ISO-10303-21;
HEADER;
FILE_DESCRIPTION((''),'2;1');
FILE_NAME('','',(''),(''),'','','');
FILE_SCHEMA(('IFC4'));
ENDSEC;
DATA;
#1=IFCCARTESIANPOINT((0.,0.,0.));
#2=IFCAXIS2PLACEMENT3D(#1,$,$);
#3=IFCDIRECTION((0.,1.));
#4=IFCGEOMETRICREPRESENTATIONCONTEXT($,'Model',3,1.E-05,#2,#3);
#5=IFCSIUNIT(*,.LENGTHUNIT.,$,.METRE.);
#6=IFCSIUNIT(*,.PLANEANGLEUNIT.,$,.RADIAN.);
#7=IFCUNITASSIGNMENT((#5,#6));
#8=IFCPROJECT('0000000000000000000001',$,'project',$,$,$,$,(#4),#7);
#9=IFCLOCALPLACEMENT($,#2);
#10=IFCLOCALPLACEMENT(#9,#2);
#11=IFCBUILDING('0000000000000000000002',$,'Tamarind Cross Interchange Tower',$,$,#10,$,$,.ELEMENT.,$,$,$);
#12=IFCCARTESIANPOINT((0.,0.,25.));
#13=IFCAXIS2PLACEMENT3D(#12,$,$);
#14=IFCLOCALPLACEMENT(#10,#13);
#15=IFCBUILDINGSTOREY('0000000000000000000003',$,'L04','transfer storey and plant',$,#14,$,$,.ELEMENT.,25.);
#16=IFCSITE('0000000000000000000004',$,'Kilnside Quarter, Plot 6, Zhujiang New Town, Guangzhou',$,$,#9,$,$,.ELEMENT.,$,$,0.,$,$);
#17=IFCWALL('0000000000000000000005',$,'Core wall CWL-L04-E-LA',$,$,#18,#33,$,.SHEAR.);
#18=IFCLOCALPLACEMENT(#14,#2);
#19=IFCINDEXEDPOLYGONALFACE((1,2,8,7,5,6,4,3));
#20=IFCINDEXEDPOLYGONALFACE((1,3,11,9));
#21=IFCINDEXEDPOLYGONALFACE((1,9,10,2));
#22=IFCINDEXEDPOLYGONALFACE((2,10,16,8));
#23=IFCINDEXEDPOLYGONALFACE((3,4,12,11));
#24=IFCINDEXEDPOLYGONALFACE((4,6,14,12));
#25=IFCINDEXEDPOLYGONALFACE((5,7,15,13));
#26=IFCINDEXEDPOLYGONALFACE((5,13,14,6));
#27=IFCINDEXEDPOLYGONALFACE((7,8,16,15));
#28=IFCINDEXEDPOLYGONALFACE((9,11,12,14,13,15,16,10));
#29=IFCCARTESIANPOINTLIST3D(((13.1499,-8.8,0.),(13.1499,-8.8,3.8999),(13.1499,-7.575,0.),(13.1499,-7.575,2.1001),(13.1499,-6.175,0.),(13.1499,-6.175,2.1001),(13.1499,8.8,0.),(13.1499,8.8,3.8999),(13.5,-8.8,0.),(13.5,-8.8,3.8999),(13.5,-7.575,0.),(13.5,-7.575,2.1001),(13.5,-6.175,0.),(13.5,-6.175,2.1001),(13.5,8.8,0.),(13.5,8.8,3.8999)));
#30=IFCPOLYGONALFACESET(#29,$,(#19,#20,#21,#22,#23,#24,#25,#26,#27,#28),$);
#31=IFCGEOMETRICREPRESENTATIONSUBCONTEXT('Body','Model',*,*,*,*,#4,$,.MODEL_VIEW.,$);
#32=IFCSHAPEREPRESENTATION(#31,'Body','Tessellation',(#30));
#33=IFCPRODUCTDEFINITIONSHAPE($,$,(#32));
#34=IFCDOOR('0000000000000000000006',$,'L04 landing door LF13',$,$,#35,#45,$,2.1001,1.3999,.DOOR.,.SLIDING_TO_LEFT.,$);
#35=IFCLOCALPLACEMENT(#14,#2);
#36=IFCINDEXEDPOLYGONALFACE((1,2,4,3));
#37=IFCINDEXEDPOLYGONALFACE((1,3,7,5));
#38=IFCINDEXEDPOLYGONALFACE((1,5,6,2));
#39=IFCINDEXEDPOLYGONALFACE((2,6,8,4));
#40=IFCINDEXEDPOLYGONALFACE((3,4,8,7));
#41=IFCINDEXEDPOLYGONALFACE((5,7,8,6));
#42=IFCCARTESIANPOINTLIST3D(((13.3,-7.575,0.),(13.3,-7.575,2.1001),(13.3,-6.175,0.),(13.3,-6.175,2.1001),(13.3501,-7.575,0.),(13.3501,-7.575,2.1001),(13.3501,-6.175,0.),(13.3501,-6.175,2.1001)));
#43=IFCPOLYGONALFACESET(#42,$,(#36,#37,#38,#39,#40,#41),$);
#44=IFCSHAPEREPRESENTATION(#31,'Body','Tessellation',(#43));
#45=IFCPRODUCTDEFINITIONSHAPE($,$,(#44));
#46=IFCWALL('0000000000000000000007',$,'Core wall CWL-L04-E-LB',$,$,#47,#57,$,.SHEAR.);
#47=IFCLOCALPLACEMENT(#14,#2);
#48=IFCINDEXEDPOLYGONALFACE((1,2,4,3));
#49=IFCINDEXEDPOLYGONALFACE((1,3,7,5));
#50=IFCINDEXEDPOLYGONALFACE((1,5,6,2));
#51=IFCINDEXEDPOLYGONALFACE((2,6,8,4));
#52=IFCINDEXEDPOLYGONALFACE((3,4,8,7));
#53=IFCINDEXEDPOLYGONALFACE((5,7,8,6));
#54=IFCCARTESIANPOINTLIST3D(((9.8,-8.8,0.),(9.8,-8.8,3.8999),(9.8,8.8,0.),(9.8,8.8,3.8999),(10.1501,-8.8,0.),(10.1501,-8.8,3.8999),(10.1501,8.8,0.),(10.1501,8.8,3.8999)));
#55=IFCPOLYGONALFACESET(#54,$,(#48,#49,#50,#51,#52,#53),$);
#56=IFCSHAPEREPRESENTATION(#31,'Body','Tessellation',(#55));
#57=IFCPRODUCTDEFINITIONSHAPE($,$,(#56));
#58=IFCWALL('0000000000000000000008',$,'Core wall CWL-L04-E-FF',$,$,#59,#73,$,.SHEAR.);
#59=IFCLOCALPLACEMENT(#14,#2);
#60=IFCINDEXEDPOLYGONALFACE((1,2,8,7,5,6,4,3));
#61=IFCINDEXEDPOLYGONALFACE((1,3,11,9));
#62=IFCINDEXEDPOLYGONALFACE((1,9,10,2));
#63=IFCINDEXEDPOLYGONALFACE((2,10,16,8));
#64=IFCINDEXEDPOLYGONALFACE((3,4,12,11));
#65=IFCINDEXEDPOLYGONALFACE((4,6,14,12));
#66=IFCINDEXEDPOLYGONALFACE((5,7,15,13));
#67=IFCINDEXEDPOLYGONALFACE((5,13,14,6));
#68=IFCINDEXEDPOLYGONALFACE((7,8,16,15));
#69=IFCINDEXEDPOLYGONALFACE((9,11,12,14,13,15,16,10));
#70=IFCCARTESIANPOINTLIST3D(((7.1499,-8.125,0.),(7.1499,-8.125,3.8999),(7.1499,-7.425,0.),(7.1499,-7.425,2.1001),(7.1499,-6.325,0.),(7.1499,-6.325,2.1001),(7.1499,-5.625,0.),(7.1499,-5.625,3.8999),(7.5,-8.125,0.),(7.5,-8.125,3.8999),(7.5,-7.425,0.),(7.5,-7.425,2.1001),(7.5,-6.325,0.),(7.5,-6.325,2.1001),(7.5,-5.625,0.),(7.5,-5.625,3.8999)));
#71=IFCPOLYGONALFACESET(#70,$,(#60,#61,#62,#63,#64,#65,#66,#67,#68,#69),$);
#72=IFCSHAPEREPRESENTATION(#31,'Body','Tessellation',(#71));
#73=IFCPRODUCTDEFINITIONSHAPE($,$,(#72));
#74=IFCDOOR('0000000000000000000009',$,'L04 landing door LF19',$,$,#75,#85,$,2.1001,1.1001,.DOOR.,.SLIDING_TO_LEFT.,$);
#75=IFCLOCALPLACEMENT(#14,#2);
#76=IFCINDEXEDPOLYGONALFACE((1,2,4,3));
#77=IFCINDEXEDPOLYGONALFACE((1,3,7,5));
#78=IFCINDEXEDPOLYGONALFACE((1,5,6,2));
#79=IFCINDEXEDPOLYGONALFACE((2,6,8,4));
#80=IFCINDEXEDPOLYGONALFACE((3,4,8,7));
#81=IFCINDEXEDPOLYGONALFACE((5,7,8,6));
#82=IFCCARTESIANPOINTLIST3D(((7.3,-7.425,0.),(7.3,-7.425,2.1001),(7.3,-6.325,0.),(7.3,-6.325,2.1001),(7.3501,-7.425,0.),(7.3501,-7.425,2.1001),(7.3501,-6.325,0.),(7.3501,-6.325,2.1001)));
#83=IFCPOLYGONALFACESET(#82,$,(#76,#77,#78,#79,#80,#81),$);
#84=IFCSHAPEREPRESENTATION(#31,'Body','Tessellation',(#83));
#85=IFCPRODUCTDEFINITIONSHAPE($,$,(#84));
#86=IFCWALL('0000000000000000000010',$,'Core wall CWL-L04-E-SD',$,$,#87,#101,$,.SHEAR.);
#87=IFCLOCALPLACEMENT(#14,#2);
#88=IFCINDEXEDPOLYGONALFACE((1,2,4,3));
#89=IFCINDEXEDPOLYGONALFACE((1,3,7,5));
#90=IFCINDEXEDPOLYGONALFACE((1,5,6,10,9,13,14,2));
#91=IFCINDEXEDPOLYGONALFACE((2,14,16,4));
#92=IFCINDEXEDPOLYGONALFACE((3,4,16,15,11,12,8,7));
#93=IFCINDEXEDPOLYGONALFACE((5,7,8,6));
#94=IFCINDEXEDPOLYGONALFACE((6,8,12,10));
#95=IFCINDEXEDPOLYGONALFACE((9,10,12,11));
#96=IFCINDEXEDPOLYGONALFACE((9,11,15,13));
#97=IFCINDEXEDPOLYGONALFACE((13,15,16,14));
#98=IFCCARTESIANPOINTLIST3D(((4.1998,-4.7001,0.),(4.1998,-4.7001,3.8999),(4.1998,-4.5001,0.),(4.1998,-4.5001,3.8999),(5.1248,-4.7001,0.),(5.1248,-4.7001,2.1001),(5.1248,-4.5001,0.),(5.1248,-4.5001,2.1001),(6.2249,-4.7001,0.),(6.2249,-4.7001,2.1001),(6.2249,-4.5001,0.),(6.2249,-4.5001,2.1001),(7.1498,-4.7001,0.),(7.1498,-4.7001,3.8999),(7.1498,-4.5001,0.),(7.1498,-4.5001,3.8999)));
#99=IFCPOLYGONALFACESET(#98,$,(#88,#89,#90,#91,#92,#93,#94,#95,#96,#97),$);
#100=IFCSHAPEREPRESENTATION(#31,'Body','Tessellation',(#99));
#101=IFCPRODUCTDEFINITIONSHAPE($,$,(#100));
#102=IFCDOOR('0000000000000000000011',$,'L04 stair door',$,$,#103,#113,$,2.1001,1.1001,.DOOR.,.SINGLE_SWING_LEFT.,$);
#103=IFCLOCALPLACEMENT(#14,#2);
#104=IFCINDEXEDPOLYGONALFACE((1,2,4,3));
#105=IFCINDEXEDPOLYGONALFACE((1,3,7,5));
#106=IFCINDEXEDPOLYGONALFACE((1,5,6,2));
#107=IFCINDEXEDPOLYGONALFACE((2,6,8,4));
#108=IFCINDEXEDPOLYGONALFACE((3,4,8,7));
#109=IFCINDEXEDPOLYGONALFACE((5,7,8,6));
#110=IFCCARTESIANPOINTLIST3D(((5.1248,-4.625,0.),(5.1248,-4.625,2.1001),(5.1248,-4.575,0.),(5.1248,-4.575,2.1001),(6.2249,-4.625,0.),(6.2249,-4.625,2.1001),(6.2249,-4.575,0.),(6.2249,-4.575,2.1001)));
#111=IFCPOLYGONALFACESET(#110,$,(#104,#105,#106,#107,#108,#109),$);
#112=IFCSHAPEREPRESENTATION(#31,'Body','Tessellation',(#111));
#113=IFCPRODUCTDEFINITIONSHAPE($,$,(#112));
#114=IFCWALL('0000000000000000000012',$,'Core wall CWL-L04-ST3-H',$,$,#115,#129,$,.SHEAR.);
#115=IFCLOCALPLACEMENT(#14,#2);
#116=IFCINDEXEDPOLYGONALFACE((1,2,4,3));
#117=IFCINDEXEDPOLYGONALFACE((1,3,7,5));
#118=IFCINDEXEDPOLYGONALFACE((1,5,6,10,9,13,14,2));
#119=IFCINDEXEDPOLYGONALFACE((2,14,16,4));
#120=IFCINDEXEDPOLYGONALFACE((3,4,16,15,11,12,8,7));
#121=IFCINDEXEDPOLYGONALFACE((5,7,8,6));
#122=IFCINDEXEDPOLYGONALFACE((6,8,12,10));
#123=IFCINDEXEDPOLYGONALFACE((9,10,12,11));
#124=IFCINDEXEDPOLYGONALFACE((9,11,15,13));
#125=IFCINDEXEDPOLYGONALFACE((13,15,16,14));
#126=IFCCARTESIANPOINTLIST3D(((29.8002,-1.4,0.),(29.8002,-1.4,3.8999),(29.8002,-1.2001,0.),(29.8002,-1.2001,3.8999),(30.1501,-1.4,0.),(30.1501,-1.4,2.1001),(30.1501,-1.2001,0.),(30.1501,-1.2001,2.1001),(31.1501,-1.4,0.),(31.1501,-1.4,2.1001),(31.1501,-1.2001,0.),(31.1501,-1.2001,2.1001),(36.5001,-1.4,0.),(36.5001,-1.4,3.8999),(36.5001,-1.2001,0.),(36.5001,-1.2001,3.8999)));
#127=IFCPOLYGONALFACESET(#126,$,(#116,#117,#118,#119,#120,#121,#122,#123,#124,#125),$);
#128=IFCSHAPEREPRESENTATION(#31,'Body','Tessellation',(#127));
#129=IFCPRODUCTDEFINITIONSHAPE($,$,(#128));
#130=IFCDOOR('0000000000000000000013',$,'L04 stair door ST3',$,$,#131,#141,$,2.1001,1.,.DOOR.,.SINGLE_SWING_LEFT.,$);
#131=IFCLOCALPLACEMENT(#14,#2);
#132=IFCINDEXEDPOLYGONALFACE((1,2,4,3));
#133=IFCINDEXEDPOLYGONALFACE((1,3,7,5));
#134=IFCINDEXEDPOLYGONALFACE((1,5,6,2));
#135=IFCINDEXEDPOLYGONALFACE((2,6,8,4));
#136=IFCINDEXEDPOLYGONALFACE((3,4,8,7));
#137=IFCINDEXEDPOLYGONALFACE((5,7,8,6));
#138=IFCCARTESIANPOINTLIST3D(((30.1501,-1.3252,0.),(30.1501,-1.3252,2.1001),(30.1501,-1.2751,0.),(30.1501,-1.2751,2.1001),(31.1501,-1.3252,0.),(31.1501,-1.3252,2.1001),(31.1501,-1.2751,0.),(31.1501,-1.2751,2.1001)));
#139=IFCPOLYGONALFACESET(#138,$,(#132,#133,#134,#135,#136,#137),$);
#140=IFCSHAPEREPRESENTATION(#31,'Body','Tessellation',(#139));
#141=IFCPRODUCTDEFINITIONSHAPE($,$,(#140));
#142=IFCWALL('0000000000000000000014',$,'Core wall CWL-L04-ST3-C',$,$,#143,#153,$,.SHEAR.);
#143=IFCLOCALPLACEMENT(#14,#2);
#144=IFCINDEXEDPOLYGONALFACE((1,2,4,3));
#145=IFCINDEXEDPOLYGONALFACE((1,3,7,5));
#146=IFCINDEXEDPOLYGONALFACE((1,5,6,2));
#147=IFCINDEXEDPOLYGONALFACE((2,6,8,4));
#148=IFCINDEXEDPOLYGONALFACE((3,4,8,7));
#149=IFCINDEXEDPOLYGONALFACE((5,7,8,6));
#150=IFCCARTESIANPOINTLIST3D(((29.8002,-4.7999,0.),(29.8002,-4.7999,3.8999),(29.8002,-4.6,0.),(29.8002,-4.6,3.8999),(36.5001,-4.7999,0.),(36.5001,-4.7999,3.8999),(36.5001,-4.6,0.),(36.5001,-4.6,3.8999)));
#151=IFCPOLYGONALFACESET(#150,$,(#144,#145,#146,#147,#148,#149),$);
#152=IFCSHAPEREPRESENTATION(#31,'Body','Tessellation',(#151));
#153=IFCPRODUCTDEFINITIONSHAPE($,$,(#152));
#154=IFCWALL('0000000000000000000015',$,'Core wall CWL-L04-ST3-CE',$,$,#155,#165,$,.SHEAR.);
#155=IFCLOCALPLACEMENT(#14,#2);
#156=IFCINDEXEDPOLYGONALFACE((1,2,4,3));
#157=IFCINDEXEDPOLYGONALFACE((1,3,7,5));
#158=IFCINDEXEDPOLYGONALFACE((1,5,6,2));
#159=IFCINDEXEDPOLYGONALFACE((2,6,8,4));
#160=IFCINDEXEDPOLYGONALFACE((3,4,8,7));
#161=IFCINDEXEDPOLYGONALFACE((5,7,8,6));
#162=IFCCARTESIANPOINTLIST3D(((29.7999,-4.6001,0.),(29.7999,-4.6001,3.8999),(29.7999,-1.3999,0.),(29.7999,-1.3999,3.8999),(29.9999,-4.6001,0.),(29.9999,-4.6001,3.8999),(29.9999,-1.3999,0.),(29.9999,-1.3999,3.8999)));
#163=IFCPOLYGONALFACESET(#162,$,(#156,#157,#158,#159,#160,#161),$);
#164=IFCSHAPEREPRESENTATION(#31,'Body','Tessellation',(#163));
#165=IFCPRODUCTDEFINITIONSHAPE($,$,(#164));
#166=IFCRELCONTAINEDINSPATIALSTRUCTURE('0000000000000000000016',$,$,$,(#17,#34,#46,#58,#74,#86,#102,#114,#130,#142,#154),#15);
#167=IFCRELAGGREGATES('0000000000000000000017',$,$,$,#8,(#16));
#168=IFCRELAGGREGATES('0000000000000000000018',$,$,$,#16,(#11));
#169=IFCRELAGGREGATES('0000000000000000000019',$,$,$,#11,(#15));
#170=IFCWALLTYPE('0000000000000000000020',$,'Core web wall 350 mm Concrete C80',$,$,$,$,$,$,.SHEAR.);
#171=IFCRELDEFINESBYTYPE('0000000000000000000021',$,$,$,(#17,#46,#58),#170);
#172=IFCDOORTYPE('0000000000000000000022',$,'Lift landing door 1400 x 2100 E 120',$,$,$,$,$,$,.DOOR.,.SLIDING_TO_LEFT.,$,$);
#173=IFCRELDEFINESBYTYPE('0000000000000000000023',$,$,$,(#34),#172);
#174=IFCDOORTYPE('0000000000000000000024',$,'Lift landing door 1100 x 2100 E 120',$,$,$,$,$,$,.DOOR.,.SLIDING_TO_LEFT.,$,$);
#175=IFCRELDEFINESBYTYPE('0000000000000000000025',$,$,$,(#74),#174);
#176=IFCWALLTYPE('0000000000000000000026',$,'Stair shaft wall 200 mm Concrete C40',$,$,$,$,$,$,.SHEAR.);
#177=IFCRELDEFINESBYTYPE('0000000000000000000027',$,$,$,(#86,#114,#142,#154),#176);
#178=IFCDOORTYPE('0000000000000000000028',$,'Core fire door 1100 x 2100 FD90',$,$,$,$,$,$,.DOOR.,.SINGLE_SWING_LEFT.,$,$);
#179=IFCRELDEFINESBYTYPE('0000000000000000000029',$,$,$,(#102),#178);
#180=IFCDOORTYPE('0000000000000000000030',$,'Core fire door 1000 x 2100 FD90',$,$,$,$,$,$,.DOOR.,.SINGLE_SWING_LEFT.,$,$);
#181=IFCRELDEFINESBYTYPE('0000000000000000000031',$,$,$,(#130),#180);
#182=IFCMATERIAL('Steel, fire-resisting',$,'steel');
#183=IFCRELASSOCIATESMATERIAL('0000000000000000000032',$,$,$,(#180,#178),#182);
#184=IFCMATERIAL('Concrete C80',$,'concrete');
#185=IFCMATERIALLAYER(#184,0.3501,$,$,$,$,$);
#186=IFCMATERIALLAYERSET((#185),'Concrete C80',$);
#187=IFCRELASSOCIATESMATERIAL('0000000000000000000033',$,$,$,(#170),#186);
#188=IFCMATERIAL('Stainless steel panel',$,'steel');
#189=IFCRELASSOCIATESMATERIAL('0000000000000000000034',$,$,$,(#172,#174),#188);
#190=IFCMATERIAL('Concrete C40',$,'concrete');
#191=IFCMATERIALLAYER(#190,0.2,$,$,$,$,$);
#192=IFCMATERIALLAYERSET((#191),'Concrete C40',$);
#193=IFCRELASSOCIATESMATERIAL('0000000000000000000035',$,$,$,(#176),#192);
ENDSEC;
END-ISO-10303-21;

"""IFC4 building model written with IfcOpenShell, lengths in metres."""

from ifc_helpers import new_model, si_unit, direction, frame, frame_2d, origin, place, context, subcontext, project, spatial, rectangle, extrude, material, layer, layer_set, type_object, element, fill, save


model = new_model("IFC4")

# Units and contexts
model_context = context("Model", 3, precision=1e-05, world=origin(), true_north=direction((0.0, 1.0)))
body_context = subcontext(model_context, "Body", "Model", "MODEL_VIEW")
ifc_project = project(units=[si_unit("LENGTHUNIT", "METRE"), si_unit("PLANEANGLEUNIT", "RADIAN")], contexts=[model_context])

# Site, building, storey
site_placement = place(None, origin())
site = spatial("IfcSite", under=ifc_project, at=site_placement, Name="Kilnside Quarter, Plot 6, Zhujiang New Town, Guangzhou", CompositionType="ELEMENT", RefElevation=0.0)
building_placement = place(site_placement, origin())
building = spatial("IfcBuilding", under=site, at=building_placement, Name="Tamarind Cross Interchange Tower", CompositionType="ELEMENT")
storey_placement = place(building_placement, frame((0.0, 0.0, 25.0)))
storey = spatial("IfcBuildingStorey", under=building, at=storey_placement, Name="L04", Description="transfer storey and plant", CompositionType="ELEMENT", Elevation=25.0)

# Shared definitions
ifc_material_1 = material(Name="Concrete C80", Category="concrete")

# Shared definitions
ifc_material_2 = material(Name="Steel, fire-resisting", Category="steel")
door_type_1 = type_object("IfcDoorType", Name="Core fire door 1000 x 2100 FD90", OperationType="SINGLE_SWING_LEFT", PredefinedType="DOOR", material=ifc_material_2)

# Shared definitions
ifc_layer_1 = layer(ifc_material_1, 0.3501)
ifc_layer_set_1 = layer_set([ifc_layer_1], Name="Concrete C80")
wall_type_1 = type_object("IfcWallType", Name="Core web wall 350 mm Concrete C80", PredefinedType="SHEAR", material=ifc_layer_set_1)

# Wall, opening, door
wall_1_placement = place(storey_placement, frame((13.325, -8.8, 0.0), z_axis=(0.0, 0.0, 1.0), x_axis=(0.0, 1.0, 0.0)))
wall_1 = element("IfcWall", 1, at=wall_1_placement, inside=storey, type_object=wall_type_1, Name="Core wall CWL-L04-E-LA", PredefinedType="SHEAR", context=body_context, shape_type="SweptSolid", body=[
    extrude(rectangle(XDim=17.6001, YDim=0.3501, at=frame_2d((8.8, 0.0))), origin(), (0.0, 0.0, 1.0), 3.8999),
])
opening_1_placement = place(wall_1_placement, frame((1.2251, 0.0, 0.0)))
opening_1 = element("IfcOpeningElement", 2, at=opening_1_placement, cuts=wall_1, PredefinedType="OPENING", context=body_context, shape_type="SweptSolid", body=[
    extrude(rectangle(XDim=1.3999, YDim=2.1001, at=frame_2d((0.7, 1.05))), frame((0.0, 0.1851, 0.0), z_axis=(0.0, -1.0, 0.0), x_axis=(1.0, 0.0, 0.0)), (0.0, 0.0, 1.0), 0.3701),
])
ifc_material_3 = material(Name="Stainless steel panel", Category="steel")
door_type_2 = type_object("IfcDoorType", Name="Lift landing door 1400 x 2100 E 120", OperationType="SLIDING_TO_LEFT", PredefinedType="DOOR", material=ifc_material_3)
door_1_placement = place(opening_1_placement, origin())
door_1 = element("IfcDoor", 3, at=door_1_placement, inside=storey, type_object=door_type_2, Name="L04 landing door LF13", OperationType="SLIDING_TO_LEFT", OverallHeight=2.1001, OverallWidth=1.3999, PredefinedType="DOOR", context=body_context, shape_type="SweptSolid", body=[
    extrude(rectangle(XDim=1.3999, YDim=2.1001, at=frame_2d((0.7, 1.05))), frame((0.0, 0.0249, 0.0), z_axis=(0.0, -1.0, 0.0), x_axis=(1.0, 0.0, 0.0)), (0.0, 0.0, 1.0), 0.05),
])
fill(opening_1, door_1)

# Wall
wall_2_placement = place(storey_placement, frame((9.9751, -8.8, 0.0), z_axis=(0.0, 0.0, 1.0), x_axis=(0.0, 1.0, 0.0)))
element("IfcWall", 4, at=wall_2_placement, inside=storey, type_object=wall_type_1, Name="Core wall CWL-L04-E-LB", PredefinedType="SHEAR", context=body_context, shape_type="SweptSolid", body=[
    extrude(rectangle(XDim=17.6001, YDim=0.3501, at=frame_2d((8.8, 0.0))), origin(), (0.0, 0.0, 1.0), 3.8999),
])

# Walls, openings, doors
wall_3_placement = place(storey_placement, frame((7.325, -8.125, 0.0), z_axis=(0.0, 0.0, 1.0), x_axis=(0.0, 1.0, 0.0)))
wall_3 = element("IfcWall", 5, at=wall_3_placement, inside=storey, type_object=wall_type_1, Name="Core wall CWL-L04-E-FF", PredefinedType="SHEAR", context=body_context, shape_type="SweptSolid", body=[
    extrude(rectangle(XDim=2.5, YDim=0.3501, at=frame_2d((1.25, 0.0))), origin(), (0.0, 0.0, 1.0), 3.8999),
])
opening_2_placement = place(wall_3_placement, frame((0.7, 0.0, 0.0)))
opening_2 = element("IfcOpeningElement", 6, at=opening_2_placement, cuts=wall_3, PredefinedType="OPENING", context=body_context, shape_type="SweptSolid", body=[
    extrude(rectangle(XDim=1.1001, YDim=2.1001, at=frame_2d((0.55, 1.05))), frame((0.0, 0.1851, 0.0), z_axis=(0.0, -1.0, 0.0), x_axis=(1.0, 0.0, 0.0)), (0.0, 0.0, 1.0), 0.3701),
])
door_type_3 = type_object("IfcDoorType", Name="Lift landing door 1100 x 2100 E 120", OperationType="SLIDING_TO_LEFT", PredefinedType="DOOR", material=ifc_material_3)
door_2_placement = place(opening_2_placement, origin())
door_2 = element("IfcDoor", 7, at=door_2_placement, inside=storey, type_object=door_type_3, Name="L04 landing door LF19", OperationType="SLIDING_TO_LEFT", OverallHeight=2.1001, OverallWidth=1.1001, PredefinedType="DOOR", context=body_context, shape_type="SweptSolid", body=[
    extrude(rectangle(XDim=1.1001, YDim=2.1001, at=frame_2d((0.55, 1.05))), frame((0.0, 0.0249, 0.0), z_axis=(0.0, -1.0, 0.0), x_axis=(1.0, 0.0, 0.0)), (0.0, 0.0, 1.0), 0.05),
])
fill(opening_2, door_2)
ifc_material_4 = material(Name="Concrete C40", Category="concrete")
ifc_layer_2 = layer(ifc_material_4, 0.2)
ifc_layer_set_2 = layer_set([ifc_layer_2], Name="Concrete C40")
wall_type_2 = type_object("IfcWallType", Name="Stair shaft wall 200 mm Concrete C40", PredefinedType="SHEAR", material=ifc_layer_set_2)
wall_4_placement = place(storey_placement, frame((7.1499, -4.6001, 0.0), z_axis=(0.0, 0.0, 1.0), x_axis=(-1.0, 0.0, 0.0)))
wall_4 = element("IfcWall", 8, at=wall_4_placement, inside=storey, type_object=wall_type_2, Name="Core wall CWL-L04-E-SD", PredefinedType="SHEAR", context=body_context, shape_type="SweptSolid", body=[
    extrude(rectangle(XDim=2.95, YDim=0.2, at=frame_2d((1.4751, 0.0))), origin(), (0.0, 0.0, 1.0), 3.8999),
])
opening_3_placement = place(wall_4_placement, frame((0.925, 0.0, 0.0)))
opening_3 = element("IfcOpeningElement", 9, at=opening_3_placement, cuts=wall_4, PredefinedType="OPENING", context=body_context, shape_type="SweptSolid", body=[
    extrude(rectangle(XDim=1.1001, YDim=2.1001, at=frame_2d((0.55, 1.05))), frame((0.0, 0.1099, 0.0), z_axis=(0.0, -1.0, 0.0), x_axis=(1.0, 0.0, 0.0)), (0.0, 0.0, 1.0), 0.22),
])
door_type_4 = type_object("IfcDoorType", Name="Core fire door 1100 x 2100 FD90", OperationType="SINGLE_SWING_LEFT", PredefinedType="DOOR", material=ifc_material_2)
door_3_placement = place(opening_3_placement, origin())
door_3 = element("IfcDoor", 10, at=door_3_placement, inside=storey, type_object=door_type_4, Name="L04 stair door", OperationType="SINGLE_SWING_LEFT", OverallHeight=2.1001, OverallWidth=1.1001, PredefinedType="DOOR", context=body_context, shape_type="SweptSolid", body=[
    extrude(rectangle(XDim=1.1001, YDim=2.1001, at=frame_2d((0.55, 1.05))), frame((0.0, 0.0249, 0.0), z_axis=(0.0, -1.0, 0.0), x_axis=(1.0, 0.0, 0.0)), (0.0, 0.0, 1.0), 0.05),
])
fill(opening_3, door_3)
wall_5_placement = place(storey_placement, frame((29.8, -1.3, 0.0), z_axis=(0.0, 0.0, 1.0), x_axis=(1.0, 0.0, 0.0)))
wall_5 = element("IfcWall", 11, at=wall_5_placement, inside=storey, type_object=wall_type_2, Name="Core wall CWL-L04-ST3-H", PredefinedType="SHEAR", context=body_context, shape_type="SweptSolid", body=[
    extrude(rectangle(XDim=6.7, YDim=0.2, at=frame_2d((3.3501, 0.0))), origin(), (0.0, 0.0, 1.0), 3.8999),
])
opening_4_placement = place(wall_5_placement, frame((0.3501, 0.0, 0.0)))
opening_4 = element("IfcOpeningElement", 12, at=opening_4_placement, cuts=wall_5, PredefinedType="OPENING", context=body_context, shape_type="SweptSolid", body=[
    extrude(rectangle(XDim=1.0, YDim=2.1001, at=frame_2d((0.5, 1.05))), frame((0.0, 0.1099, 0.0), z_axis=(0.0, -1.0, 0.0), x_axis=(1.0, 0.0, 0.0)), (0.0, 0.0, 1.0), 0.22),
])
door_4_placement = place(opening_4_placement, origin())
door_4 = element("IfcDoor", 13, at=door_4_placement, inside=storey, type_object=door_type_1, Name="L04 stair door ST3", OperationType="SINGLE_SWING_LEFT", OverallHeight=2.1001, OverallWidth=1.0, PredefinedType="DOOR", context=body_context, shape_type="SweptSolid", body=[
    extrude(rectangle(XDim=1.0, YDim=2.1001, at=frame_2d((0.5, 1.05))), frame((0.0, 0.0249, 0.0), z_axis=(0.0, -1.0, 0.0), x_axis=(1.0, 0.0, 0.0)), (0.0, 0.0, 1.0), 0.05),
])
fill(opening_4, door_4)

# Walls
wall_6_placement = place(storey_placement, frame((29.8, -4.7, 0.0), z_axis=(0.0, 0.0, 1.0), x_axis=(1.0, 0.0, 0.0)))
element("IfcWall", 14, at=wall_6_placement, inside=storey, type_object=wall_type_2, Name="Core wall CWL-L04-ST3-C", PredefinedType="SHEAR", context=body_context, shape_type="SweptSolid", body=[
    extrude(rectangle(XDim=6.7, YDim=0.2, at=frame_2d((3.3501, 0.0))), origin(), (0.0, 0.0, 1.0), 3.8999),
])
wall_7_placement = place(storey_placement, frame((29.8999, -4.6001, 0.0), z_axis=(0.0, 0.0, 1.0), x_axis=(0.0, 1.0, 0.0)))
element("IfcWall", 15, at=wall_7_placement, inside=storey, type_object=wall_type_2, Name="Core wall CWL-L04-ST3-CE", PredefinedType="SHEAR", context=body_context, shape_type="SweptSolid", body=[
    extrude(rectangle(XDim=3.2002, YDim=0.2, at=frame_2d((1.6001, 0.0))), origin(), (0.0, 0.0, 1.0), 3.8999),
])

save(model, "model.ifc")
